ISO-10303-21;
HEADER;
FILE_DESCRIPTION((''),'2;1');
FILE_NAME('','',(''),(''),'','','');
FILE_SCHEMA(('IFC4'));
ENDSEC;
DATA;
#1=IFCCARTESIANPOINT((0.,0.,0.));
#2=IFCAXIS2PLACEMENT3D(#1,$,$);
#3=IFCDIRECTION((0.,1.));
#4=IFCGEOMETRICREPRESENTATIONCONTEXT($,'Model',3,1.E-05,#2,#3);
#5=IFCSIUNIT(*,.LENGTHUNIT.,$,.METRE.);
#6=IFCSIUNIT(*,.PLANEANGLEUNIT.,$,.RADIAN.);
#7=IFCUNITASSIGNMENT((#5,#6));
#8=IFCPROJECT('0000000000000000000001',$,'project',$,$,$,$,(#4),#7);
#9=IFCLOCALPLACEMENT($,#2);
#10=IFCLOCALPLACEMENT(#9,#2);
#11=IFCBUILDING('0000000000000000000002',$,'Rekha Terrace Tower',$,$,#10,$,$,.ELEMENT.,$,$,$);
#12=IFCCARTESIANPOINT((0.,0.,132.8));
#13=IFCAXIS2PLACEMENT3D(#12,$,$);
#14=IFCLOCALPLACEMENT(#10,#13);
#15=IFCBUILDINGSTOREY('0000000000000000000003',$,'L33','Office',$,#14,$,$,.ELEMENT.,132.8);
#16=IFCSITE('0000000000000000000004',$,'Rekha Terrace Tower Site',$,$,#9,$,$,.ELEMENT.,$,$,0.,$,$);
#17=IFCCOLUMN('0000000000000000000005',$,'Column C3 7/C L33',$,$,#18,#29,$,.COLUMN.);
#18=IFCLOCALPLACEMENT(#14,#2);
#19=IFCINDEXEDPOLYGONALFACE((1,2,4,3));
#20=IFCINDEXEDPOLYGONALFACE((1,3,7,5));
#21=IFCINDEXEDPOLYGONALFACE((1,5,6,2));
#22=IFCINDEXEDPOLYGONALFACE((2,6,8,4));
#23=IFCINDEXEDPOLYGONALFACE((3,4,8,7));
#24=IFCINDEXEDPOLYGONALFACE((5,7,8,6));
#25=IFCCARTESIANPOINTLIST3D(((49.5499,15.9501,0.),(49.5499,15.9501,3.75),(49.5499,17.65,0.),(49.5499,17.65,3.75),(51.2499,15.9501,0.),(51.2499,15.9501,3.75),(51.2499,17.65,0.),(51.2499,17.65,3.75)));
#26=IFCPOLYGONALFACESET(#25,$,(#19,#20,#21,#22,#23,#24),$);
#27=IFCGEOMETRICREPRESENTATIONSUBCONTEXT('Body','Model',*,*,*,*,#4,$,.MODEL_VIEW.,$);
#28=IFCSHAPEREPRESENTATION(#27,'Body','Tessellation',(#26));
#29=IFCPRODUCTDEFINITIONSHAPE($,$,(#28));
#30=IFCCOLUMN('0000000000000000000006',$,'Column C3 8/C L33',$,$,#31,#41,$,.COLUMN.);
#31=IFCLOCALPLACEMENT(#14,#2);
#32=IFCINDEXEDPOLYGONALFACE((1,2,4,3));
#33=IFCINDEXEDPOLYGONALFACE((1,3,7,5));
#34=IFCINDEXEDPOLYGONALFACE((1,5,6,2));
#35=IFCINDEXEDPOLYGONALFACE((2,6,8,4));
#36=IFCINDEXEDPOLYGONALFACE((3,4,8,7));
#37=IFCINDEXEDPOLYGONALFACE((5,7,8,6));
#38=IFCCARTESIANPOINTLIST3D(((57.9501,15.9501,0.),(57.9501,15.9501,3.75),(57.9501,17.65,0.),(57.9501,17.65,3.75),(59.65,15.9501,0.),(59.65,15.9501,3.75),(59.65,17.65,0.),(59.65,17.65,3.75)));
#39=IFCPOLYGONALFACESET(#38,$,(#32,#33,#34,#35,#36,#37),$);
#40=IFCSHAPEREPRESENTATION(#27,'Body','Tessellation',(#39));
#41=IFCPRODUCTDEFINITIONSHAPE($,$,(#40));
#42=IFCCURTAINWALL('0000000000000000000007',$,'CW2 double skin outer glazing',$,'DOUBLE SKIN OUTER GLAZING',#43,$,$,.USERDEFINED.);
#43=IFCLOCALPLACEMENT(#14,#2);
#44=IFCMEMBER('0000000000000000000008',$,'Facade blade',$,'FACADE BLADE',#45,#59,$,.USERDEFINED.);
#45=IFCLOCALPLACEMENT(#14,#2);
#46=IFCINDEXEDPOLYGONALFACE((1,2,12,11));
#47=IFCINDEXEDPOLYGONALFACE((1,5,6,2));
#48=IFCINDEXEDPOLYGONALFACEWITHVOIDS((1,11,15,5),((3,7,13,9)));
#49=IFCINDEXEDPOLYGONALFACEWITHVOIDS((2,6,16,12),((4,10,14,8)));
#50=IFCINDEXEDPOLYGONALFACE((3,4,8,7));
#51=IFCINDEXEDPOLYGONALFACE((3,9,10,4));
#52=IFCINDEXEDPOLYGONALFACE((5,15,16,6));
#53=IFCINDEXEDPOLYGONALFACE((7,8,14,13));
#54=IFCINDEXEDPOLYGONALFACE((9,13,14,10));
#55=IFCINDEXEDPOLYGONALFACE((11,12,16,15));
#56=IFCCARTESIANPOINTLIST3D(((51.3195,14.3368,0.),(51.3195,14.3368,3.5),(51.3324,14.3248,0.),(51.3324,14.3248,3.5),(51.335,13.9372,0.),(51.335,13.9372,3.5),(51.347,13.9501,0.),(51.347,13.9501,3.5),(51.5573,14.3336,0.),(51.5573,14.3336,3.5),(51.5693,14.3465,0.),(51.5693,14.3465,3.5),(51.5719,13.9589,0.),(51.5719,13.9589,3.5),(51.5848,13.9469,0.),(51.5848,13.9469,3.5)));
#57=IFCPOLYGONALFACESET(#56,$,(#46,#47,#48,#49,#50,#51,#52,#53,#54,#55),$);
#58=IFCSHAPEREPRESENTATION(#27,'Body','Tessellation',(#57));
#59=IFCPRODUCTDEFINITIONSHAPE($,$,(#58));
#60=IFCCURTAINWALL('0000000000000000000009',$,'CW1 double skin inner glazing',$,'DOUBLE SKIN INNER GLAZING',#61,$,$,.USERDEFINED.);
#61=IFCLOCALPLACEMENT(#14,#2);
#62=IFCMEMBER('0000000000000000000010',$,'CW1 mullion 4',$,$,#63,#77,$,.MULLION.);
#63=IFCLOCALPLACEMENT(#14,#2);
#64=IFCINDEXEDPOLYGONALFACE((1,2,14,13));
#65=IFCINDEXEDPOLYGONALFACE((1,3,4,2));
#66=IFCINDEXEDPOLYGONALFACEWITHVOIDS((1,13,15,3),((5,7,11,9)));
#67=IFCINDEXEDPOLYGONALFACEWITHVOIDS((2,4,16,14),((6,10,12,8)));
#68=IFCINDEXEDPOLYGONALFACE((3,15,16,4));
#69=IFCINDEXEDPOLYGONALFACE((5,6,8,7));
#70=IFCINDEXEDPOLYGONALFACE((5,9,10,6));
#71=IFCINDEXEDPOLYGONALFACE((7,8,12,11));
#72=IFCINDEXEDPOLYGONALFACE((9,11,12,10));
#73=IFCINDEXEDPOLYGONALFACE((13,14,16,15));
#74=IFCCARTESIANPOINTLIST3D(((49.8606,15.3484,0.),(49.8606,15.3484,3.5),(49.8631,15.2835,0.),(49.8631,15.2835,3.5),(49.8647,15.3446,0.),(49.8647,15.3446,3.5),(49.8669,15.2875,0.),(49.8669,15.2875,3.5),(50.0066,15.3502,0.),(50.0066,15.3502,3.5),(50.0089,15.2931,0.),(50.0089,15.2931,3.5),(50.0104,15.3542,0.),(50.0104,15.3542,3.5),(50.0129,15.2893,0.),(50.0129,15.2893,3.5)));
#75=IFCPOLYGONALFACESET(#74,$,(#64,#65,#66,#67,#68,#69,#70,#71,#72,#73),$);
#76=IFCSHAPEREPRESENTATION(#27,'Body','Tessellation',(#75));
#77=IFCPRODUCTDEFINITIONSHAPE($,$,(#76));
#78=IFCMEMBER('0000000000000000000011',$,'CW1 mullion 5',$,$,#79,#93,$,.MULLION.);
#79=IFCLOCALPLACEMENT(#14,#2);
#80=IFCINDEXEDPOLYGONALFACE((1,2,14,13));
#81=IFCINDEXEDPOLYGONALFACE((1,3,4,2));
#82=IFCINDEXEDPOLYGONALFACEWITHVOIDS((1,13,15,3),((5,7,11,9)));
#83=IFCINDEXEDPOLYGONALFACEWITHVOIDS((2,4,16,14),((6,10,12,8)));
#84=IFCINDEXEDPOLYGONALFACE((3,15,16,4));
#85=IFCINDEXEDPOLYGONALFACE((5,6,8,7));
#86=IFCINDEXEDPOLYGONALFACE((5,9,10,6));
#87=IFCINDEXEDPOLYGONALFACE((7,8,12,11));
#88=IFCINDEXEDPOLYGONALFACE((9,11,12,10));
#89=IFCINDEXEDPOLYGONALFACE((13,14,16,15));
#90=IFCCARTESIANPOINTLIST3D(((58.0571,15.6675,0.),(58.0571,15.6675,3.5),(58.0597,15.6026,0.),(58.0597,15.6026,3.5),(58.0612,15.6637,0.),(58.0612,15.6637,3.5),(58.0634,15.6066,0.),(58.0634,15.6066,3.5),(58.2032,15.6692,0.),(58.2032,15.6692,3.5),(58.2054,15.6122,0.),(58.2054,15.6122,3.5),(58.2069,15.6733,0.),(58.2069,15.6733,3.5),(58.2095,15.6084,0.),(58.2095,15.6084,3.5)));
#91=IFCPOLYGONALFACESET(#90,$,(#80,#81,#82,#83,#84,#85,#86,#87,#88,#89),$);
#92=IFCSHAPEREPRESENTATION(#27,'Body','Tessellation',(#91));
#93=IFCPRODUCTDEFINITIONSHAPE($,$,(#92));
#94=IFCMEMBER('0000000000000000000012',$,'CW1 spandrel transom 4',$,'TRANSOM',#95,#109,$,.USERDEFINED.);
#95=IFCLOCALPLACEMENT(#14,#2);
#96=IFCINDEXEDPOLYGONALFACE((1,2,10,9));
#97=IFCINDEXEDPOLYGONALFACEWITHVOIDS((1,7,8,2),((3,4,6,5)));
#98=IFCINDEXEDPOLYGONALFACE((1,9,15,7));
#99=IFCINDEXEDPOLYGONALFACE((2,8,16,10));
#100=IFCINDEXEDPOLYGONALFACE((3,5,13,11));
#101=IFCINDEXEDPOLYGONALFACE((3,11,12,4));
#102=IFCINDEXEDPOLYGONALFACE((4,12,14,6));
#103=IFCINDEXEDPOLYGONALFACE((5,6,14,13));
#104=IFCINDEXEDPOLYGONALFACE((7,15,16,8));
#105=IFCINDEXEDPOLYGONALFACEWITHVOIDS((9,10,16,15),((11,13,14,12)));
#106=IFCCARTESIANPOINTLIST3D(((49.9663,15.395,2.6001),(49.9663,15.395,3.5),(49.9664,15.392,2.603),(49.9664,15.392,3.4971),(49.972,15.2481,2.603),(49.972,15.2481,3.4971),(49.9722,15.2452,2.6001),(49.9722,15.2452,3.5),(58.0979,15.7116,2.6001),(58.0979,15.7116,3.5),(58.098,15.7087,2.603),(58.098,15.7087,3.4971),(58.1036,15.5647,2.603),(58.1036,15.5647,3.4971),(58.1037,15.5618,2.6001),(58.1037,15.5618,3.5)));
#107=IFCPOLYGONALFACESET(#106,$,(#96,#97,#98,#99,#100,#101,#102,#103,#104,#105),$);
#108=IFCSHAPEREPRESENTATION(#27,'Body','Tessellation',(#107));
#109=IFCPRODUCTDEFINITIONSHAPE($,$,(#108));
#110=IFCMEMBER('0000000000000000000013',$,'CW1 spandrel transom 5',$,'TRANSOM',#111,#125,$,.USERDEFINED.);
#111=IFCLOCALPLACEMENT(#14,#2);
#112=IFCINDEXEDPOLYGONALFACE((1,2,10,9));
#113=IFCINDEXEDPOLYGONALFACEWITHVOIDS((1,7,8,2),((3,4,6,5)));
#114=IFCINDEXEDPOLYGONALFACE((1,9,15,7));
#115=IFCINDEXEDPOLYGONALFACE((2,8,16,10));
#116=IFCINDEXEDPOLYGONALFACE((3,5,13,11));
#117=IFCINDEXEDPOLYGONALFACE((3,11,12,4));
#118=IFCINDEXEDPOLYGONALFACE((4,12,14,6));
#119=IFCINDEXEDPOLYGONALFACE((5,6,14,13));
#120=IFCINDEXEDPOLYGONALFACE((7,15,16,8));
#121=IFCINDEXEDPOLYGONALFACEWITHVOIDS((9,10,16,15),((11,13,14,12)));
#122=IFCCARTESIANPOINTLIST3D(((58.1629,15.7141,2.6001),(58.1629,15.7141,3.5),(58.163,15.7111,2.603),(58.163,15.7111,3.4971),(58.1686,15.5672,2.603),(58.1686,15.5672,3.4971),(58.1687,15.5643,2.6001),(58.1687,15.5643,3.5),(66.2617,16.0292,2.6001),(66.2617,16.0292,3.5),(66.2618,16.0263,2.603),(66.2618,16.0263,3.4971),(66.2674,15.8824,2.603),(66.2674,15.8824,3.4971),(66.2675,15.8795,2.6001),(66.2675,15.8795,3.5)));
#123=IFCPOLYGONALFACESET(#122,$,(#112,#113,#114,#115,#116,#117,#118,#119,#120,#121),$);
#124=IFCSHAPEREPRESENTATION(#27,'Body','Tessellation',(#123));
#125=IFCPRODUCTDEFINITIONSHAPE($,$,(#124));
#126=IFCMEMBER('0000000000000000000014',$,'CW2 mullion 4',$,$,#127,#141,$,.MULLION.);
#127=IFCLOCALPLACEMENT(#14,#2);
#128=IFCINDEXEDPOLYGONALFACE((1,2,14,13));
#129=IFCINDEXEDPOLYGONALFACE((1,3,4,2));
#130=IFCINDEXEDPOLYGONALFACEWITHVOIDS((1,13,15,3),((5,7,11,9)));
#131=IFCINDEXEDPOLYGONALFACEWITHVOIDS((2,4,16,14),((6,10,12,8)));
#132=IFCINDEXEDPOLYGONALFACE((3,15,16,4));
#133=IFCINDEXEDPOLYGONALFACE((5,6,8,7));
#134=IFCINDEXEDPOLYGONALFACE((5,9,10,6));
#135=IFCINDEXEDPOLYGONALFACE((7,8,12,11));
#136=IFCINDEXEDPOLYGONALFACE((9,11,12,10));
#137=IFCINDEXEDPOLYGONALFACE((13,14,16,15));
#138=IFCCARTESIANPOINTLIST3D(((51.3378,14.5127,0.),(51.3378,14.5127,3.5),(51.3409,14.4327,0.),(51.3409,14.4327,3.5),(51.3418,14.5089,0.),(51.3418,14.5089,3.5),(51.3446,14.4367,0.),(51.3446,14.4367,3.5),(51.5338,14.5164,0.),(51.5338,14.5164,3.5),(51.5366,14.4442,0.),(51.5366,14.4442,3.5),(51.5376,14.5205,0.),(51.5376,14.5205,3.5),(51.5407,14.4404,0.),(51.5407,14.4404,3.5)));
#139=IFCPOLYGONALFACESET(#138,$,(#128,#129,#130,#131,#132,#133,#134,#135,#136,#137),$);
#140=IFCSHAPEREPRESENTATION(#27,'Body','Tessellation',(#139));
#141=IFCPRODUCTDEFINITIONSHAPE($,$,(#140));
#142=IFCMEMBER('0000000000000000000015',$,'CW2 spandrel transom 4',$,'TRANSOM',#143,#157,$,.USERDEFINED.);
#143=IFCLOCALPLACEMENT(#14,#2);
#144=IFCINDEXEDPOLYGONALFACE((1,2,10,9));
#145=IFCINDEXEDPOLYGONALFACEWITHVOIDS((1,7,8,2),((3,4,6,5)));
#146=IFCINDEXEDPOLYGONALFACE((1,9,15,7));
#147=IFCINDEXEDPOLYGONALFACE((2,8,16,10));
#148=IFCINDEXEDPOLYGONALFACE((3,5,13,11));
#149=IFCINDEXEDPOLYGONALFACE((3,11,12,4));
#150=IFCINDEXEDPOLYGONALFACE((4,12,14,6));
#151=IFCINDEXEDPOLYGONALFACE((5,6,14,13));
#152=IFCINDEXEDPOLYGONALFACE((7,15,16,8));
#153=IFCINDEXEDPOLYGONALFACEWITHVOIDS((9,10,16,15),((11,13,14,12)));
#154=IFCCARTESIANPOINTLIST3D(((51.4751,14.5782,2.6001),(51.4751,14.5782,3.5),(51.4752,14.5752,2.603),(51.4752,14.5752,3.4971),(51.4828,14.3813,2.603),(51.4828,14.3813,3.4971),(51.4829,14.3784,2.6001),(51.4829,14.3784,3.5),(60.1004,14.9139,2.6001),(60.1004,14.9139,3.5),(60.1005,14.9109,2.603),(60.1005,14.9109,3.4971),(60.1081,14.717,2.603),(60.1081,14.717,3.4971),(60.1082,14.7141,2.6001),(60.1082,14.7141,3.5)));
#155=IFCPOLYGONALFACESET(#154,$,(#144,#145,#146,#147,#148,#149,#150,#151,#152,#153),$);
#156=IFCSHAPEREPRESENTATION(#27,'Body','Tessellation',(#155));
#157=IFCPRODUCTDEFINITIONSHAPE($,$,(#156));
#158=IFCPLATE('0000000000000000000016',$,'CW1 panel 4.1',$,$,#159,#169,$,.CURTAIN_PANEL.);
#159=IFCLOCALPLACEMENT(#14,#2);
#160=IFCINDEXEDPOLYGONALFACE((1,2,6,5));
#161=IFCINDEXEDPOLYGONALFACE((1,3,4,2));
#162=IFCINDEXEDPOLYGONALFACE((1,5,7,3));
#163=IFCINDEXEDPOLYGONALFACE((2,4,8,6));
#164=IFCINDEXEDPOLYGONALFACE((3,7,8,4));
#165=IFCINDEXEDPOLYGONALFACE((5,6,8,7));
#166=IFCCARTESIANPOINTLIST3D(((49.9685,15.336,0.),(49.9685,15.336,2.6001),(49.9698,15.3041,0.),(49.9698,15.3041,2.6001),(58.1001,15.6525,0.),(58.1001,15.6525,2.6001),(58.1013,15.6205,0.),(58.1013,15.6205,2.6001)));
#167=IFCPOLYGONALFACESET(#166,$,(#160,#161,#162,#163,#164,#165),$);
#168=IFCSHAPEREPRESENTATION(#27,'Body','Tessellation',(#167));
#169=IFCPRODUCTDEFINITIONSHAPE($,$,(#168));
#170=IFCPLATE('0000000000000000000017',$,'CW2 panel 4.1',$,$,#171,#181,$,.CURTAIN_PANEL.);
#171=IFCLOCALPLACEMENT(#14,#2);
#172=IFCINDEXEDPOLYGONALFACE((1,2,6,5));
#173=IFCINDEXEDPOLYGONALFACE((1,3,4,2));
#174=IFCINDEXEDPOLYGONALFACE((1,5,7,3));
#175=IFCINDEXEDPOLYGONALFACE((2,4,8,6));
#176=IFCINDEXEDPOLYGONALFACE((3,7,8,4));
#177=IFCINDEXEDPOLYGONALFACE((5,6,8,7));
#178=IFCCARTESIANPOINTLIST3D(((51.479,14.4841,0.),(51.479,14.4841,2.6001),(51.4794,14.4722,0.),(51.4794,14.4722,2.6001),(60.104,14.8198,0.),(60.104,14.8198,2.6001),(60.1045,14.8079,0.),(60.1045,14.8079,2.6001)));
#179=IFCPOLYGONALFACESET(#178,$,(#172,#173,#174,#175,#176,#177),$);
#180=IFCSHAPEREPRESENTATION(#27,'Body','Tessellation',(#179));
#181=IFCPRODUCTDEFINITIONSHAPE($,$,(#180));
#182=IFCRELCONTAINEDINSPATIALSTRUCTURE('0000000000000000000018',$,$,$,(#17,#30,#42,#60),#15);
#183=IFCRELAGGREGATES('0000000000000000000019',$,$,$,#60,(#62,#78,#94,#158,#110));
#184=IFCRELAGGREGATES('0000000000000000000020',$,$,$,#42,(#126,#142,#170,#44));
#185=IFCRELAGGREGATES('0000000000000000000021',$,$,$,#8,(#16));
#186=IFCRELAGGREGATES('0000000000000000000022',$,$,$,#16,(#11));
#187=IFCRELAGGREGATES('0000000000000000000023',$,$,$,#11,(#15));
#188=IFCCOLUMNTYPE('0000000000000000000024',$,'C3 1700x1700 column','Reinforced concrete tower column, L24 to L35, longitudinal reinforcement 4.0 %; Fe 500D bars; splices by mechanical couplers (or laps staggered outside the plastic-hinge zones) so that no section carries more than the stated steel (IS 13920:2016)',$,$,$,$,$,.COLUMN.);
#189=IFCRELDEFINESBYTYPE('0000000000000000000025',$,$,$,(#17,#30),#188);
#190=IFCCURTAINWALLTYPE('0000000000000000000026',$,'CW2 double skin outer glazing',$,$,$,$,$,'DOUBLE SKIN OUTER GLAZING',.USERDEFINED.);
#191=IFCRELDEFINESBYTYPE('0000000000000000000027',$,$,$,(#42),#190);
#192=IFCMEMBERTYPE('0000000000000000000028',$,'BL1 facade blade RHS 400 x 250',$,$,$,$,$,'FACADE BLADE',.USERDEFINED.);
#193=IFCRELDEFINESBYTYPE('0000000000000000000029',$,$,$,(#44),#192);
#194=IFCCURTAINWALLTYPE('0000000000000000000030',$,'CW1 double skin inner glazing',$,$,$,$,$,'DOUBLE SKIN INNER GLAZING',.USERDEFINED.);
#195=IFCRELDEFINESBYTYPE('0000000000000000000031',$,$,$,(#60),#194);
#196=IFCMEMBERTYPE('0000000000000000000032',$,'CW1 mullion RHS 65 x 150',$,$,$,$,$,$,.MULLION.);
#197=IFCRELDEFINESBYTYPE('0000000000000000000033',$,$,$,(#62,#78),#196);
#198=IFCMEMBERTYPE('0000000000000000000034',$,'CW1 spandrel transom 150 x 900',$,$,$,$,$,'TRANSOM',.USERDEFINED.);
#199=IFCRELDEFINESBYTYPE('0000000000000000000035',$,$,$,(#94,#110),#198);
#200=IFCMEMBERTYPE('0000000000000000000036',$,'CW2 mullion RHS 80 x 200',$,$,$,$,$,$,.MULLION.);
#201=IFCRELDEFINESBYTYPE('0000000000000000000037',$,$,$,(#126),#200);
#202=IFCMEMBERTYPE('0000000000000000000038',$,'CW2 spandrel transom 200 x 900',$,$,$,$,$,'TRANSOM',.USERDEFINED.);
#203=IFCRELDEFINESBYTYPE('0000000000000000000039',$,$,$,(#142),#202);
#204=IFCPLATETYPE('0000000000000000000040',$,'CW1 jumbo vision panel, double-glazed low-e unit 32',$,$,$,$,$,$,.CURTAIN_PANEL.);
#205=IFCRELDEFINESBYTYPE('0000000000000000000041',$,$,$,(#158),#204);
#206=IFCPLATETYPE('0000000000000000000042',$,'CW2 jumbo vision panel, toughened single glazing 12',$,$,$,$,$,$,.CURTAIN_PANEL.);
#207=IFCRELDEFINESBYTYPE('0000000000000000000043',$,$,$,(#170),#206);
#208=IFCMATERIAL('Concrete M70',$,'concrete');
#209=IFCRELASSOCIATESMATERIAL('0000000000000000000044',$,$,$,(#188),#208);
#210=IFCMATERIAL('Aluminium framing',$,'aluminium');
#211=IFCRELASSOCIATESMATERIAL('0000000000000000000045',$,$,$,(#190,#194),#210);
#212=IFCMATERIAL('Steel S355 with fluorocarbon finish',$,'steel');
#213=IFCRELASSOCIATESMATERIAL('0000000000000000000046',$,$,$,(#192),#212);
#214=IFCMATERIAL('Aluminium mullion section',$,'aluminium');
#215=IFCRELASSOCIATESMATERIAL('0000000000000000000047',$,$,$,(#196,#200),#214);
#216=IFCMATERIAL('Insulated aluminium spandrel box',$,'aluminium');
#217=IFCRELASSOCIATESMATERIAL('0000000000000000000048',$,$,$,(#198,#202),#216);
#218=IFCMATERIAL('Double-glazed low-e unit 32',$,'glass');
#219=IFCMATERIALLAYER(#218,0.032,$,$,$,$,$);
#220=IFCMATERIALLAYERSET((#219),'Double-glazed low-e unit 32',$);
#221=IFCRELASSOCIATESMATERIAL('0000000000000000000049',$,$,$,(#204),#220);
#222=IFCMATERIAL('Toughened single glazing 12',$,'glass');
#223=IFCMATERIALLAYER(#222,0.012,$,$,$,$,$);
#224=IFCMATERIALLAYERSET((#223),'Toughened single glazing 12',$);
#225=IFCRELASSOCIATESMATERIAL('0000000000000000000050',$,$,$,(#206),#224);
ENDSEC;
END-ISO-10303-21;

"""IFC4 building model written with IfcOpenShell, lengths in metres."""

from ifc_helpers import new_model, si_unit, direction, frame, origin, origin_2d, place, context, subcontext, project, spatial, rectangle, hollow_rectangle, extrude, material, layer, layer_set, material_profile, profile_set, type_object, element, aggregate, save


model = new_model("IFC4")

# Units and contexts
model_context = context("Model", 3, precision=1e-05, world=origin(), true_north=direction((0.0, 1.0)))
body_context = subcontext(model_context, "Body", "Model", "MODEL_VIEW")
ifc_project = project(units=[si_unit("LENGTHUNIT", "METRE"), si_unit("PLANEANGLEUNIT", "RADIAN")], contexts=[model_context])

# Site, building, storey
site_placement = place(None, origin())
site = spatial("IfcSite", under=ifc_project, at=site_placement, Name="Rekha Terrace Tower Site", CompositionType="ELEMENT", RefElevation=0.0)
building_placement = place(site_placement, origin())
building = spatial("IfcBuilding", under=site, at=building_placement, Name="Rekha Terrace Tower", CompositionType="ELEMENT")
storey_placement = place(building_placement, frame((0.0, 0.0, 132.8)))
storey = spatial("IfcBuildingStorey", under=building, at=storey_placement, Name="L33", Description="Office", CompositionType="ELEMENT", Elevation=132.8)

# Columns
ifc_material_1 = material(Name="Concrete M70", Category="concrete")
ifc_material_profile_1 = material_profile(ifc_material_1, rectangle(XDim=1.7, YDim=1.7, at=origin_2d()), Name="RC 1700x1700")
ifc_profile_set_1 = profile_set([ifc_material_profile_1], Name="Concrete M70")
column_type = type_object("IfcColumnType", Name="C3 1700x1700 column", Description="Reinforced concrete tower column, L24 to L35, longitudinal reinforcement 4.0 %; Fe 500D bars; splices by mechanical couplers (or laps staggered outside the plastic-hinge zones) so that no section carries more than the stated steel (IS 13920:2016)", PredefinedType="COLUMN", material=ifc_profile_set_1)
for number, where, z_axis, x_axis, name in (
    (1, (50.3999, 16.8, 0.0), (0.0, 0.0, 1.0), (1.0, 0.0, 0.0), "Column C3 7/C L33"),
    (2, (58.8, 16.8, 0.0), (0.0, 0.0, 1.0), (1.0, 0.0, 0.0), "Column C3 8/C L33"),
):
    element("IfcColumn", number, at=place(storey_placement, frame(where, z_axis=z_axis, x_axis=x_axis)), inside=storey, type_object=column_type, Name=name, PredefinedType="COLUMN", context=body_context, shape_type="SweptSolid", body=[
        extrude(rectangle(XDim=1.7, YDim=1.7, at=origin_2d()), origin(), (0.0, 0.0, 1.0), 3.75),
    ])

# Curtain wall, member
ifc_material_2 = material(Name="Aluminium framing", Category="aluminium")
curtain_wall_type_1 = type_object("IfcCurtainWallType", Name="CW2 double skin outer glazing", ElementType="DOUBLE SKIN OUTER GLAZING", PredefinedType="USERDEFINED", material=ifc_material_2)
curtain_wall_1_placement = place(storey_placement, origin())
curtain_wall_1 = element("IfcCurtainWall", 3, at=curtain_wall_1_placement, inside=storey, type_object=curtain_wall_type_1, Name="CW2 double skin outer glazing", ObjectType="DOUBLE SKIN OUTER GLAZING", PredefinedType="USERDEFINED")
ifc_material_3 = material(Name="Steel S355 with fluorocarbon finish", Category="steel")
ifc_material_profile_2 = material_profile(ifc_material_3, hollow_rectangle(XDim=0.25, YDim=0.3999, WallThickness=0.0125, at=origin_2d()), Name="RHS400x250x12.5")
ifc_profile_set_2 = profile_set([ifc_material_profile_2], Name="Steel S355 with fluorocarbon finish")
member_type_1 = type_object("IfcMemberType", Name="BL1 facade blade RHS 400 x 250", ElementType="FACADE BLADE", PredefinedType="USERDEFINED", material=ifc_profile_set_2)
member_1_placement = place(storey_placement, frame((51.4521, 14.1418, 0.0), z_axis=(0.0, 0.0, 1.0), x_axis=(0.999243, 0.03889, 0.0)))
member_1 = element("IfcMember", 4, at=member_1_placement, type_object=member_type_1, Name="Facade blade", ObjectType="FACADE BLADE", PredefinedType="USERDEFINED", context=body_context, shape_type="SweptSolid", body=[
    extrude(hollow_rectangle(XDim=0.25, YDim=0.3999, WallThickness=0.0125, at=origin_2d()), origin(), (0.0, 0.0, 1.0), 3.5),
])

# Curtain wall, members
curtain_wall_type_2 = type_object("IfcCurtainWallType", Name="CW1 double skin inner glazing", ElementType="DOUBLE SKIN INNER GLAZING", PredefinedType="USERDEFINED", material=ifc_material_2)
curtain_wall_2_placement = place(storey_placement, origin())
curtain_wall_2 = element("IfcCurtainWall", 5, at=curtain_wall_2_placement, inside=storey, type_object=curtain_wall_type_2, Name="CW1 double skin inner glazing", ObjectType="DOUBLE SKIN INNER GLAZING", PredefinedType="USERDEFINED")
ifc_material_4 = material(Name="Aluminium mullion section", Category="aluminium")
ifc_material_profile_3 = material_profile(ifc_material_4, hollow_rectangle(XDim=0.0649, YDim=0.1499, WallThickness=0.0039, at=origin_2d()), Name="AL RHS 65x150")
ifc_profile_set_3 = profile_set([ifc_material_profile_3], Name="Aluminium mullion section")
member_type_2 = type_object("IfcMemberType", Name="CW1 mullion RHS 65 x 150", PredefinedType="MULLION", material=ifc_profile_set_3)
member_2_placement = place(storey_placement, frame((49.9368, 15.3188, 0.0), z_axis=(0.0, 0.0, 1.0), x_axis=(-0.03889, 0.999243, 0.0)))
member_2 = element("IfcMember", 6, at=member_2_placement, type_object=member_type_2, Name="CW1 mullion 4", PredefinedType="MULLION", context=body_context, shape_type="SweptSolid", body=[
    extrude(hollow_rectangle(XDim=0.0649, YDim=0.1499, WallThickness=0.0039, at=origin_2d()), origin(), (0.0, 0.0, 1.0), 3.5),
])
member_3_placement = place(storey_placement, frame((58.1333, 15.6379, 0.0), z_axis=(0.0, 0.0, 1.0), x_axis=(-0.03889, 0.999243, 0.0)))
member_3 = element("IfcMember", 7, at=member_3_placement, type_object=member_type_2, Name="CW1 mullion 5", PredefinedType="MULLION", context=body_context, shape_type="SweptSolid", body=[
    extrude(hollow_rectangle(XDim=0.0649, YDim=0.1499, WallThickness=0.0039, at=origin_2d()), origin(), (0.0, 0.0, 1.0), 3.5),
])
ifc_material_5 = material(Name="Insulated aluminium spandrel box", Category="aluminium")
ifc_material_profile_4 = material_profile(ifc_material_5, hollow_rectangle(XDim=0.1499, YDim=0.8999, WallThickness=0.0029, at=origin_2d()), Name="AL SPANDREL BOX 150x900")
ifc_profile_set_4 = profile_set([ifc_material_profile_4], Name="Insulated aluminium spandrel box")
member_type_3 = type_object("IfcMemberType", Name="CW1 spandrel transom 150 x 900", ElementType="TRANSOM", PredefinedType="USERDEFINED", material=ifc_profile_set_4)
member_4_placement = place(storey_placement, frame((49.9692, 15.3201, 3.05), z_axis=(0.999243, 0.038911, 0.0), x_axis=(-0.038911, 0.999243, 0.0)))
member_4 = element("IfcMember", 8, at=member_4_placement, type_object=member_type_3, Name="CW1 spandrel transom 4", ObjectType="TRANSOM", PredefinedType="USERDEFINED", context=body_context, shape_type="SweptSolid", body=[
    extrude(hollow_rectangle(XDim=0.1499, YDim=0.8999, WallThickness=0.0029, at=origin_2d()), origin(), (0.0, 0.0, 1.0), 8.1377),
])
member_5_placement = place(storey_placement, frame((58.1658, 15.6392, 3.05), z_axis=(0.999244, 0.038888, 0.0), x_axis=(-0.038888, 0.999244, 0.0)))
member_5 = element("IfcMember", 9, at=member_5_placement, type_object=member_type_3, Name="CW1 spandrel transom 5", ObjectType="TRANSOM", PredefinedType="USERDEFINED", context=body_context, shape_type="SweptSolid", body=[
    extrude(hollow_rectangle(XDim=0.1499, YDim=0.8999, WallThickness=0.0029, at=origin_2d()), origin(), (0.0, 0.0, 1.0), 8.105),
])

# Members
ifc_material_profile_5 = material_profile(ifc_material_4, hollow_rectangle(XDim=0.0801, YDim=0.2, WallThickness=0.0039, at=origin_2d()), Name="AL RHS 80x200")
ifc_profile_set_5 = profile_set([ifc_material_profile_5], Name="Aluminium mullion section")
member_type_4 = type_object("IfcMemberType", Name="CW2 mullion RHS 80 x 200", PredefinedType="MULLION", material=ifc_profile_set_5)
member_6_placement = place(storey_placement, frame((51.4392, 14.4766, 0.0), z_axis=(0.0, 0.0, 1.0), x_axis=(-0.03889, 0.999243, 0.0)))
member_6 = element("IfcMember", 10, at=member_6_placement, type_object=member_type_4, Name="CW2 mullion 4", PredefinedType="MULLION", context=body_context, shape_type="SweptSolid", body=[
    extrude(hollow_rectangle(XDim=0.0801, YDim=0.2, WallThickness=0.0039, at=origin_2d()), origin(), (0.0, 0.0, 1.0), 3.5),
])
ifc_material_profile_6 = material_profile(ifc_material_5, hollow_rectangle(XDim=0.2, YDim=0.8999, WallThickness=0.0029, at=origin_2d()), Name="AL SPANDREL BOX 200x900")
ifc_profile_set_6 = profile_set([ifc_material_profile_6], Name="Insulated aluminium spandrel box")
member_type_5 = type_object("IfcMemberType", Name="CW2 spandrel transom 200 x 900", ElementType="TRANSOM", PredefinedType="USERDEFINED", material=ifc_profile_set_6)
member_7_placement = place(storey_placement, frame((51.479, 14.4783, 3.05), z_axis=(0.999243, 0.03889, 0.0), x_axis=(-0.03889, 0.999243, 0.0)))
member_7 = element("IfcMember", 11, at=member_7_placement, type_object=member_type_5, Name="CW2 spandrel transom 4", ObjectType="TRANSOM", PredefinedType="USERDEFINED", context=body_context, shape_type="SweptSolid", body=[
    extrude(hollow_rectangle(XDim=0.2, YDim=0.8999, WallThickness=0.0029, at=origin_2d()), origin(), (0.0, 0.0, 1.0), 8.6318),
])

# Plates
ifc_material_6 = material(Name="Double-glazed low-e unit 32", Category="glass")
ifc_layer_1 = layer(ifc_material_6, 0.032)
ifc_layer_set_1 = layer_set([ifc_layer_1], Name="Double-glazed low-e unit 32")
plate_type_1 = type_object("IfcPlateType", Name="CW1 jumbo vision panel, double-glazed low-e unit 32", PredefinedType="CURTAIN_PANEL", material=ifc_layer_set_1)
plate_1_placement = place(storey_placement, frame((54.0349, 15.4783, 0.0), z_axis=(0.0, 0.0, 1.0), x_axis=(0.999243, 0.03889, 0.0)))
plate_1 = element("IfcPlate", 12, at=plate_1_placement, type_object=plate_type_1, Name="CW1 panel 4.1", PredefinedType="CURTAIN_PANEL", context=body_context, shape_type="SweptSolid", body=[
    extrude(rectangle(XDim=8.1377, YDim=0.032, at=origin_2d()), origin(), (0.0, 0.0, 1.0), 2.6001),
])
aggregate(curtain_wall_2, [member_2, member_3, member_4, plate_1, member_5])
ifc_material_7 = material(Name="Toughened single glazing 12", Category="glass")
ifc_layer_2 = layer(ifc_material_7, 0.012)
ifc_layer_set_2 = layer_set([ifc_layer_2], Name="Toughened single glazing 12")
plate_type_2 = type_object("IfcPlateType", Name="CW2 jumbo vision panel, toughened single glazing 12", PredefinedType="CURTAIN_PANEL", material=ifc_layer_set_2)
plate_2_placement = place(storey_placement, frame((55.7917, 14.646, 0.0), z_axis=(0.0, 0.0, 1.0), x_axis=(0.999243, 0.03889, 0.0)))
plate_2 = element("IfcPlate", 13, at=plate_2_placement, type_object=plate_type_2, Name="CW2 panel 4.1", PredefinedType="CURTAIN_PANEL", context=body_context, shape_type="SweptSolid", body=[
    extrude(rectangle(XDim=8.6316, YDim=0.012, at=origin_2d()), origin(), (0.0, 0.0, 1.0), 2.6001),
])
aggregate(curtain_wall_1, [member_6, member_7, plate_2, member_1])

save(model, "model.ifc")
